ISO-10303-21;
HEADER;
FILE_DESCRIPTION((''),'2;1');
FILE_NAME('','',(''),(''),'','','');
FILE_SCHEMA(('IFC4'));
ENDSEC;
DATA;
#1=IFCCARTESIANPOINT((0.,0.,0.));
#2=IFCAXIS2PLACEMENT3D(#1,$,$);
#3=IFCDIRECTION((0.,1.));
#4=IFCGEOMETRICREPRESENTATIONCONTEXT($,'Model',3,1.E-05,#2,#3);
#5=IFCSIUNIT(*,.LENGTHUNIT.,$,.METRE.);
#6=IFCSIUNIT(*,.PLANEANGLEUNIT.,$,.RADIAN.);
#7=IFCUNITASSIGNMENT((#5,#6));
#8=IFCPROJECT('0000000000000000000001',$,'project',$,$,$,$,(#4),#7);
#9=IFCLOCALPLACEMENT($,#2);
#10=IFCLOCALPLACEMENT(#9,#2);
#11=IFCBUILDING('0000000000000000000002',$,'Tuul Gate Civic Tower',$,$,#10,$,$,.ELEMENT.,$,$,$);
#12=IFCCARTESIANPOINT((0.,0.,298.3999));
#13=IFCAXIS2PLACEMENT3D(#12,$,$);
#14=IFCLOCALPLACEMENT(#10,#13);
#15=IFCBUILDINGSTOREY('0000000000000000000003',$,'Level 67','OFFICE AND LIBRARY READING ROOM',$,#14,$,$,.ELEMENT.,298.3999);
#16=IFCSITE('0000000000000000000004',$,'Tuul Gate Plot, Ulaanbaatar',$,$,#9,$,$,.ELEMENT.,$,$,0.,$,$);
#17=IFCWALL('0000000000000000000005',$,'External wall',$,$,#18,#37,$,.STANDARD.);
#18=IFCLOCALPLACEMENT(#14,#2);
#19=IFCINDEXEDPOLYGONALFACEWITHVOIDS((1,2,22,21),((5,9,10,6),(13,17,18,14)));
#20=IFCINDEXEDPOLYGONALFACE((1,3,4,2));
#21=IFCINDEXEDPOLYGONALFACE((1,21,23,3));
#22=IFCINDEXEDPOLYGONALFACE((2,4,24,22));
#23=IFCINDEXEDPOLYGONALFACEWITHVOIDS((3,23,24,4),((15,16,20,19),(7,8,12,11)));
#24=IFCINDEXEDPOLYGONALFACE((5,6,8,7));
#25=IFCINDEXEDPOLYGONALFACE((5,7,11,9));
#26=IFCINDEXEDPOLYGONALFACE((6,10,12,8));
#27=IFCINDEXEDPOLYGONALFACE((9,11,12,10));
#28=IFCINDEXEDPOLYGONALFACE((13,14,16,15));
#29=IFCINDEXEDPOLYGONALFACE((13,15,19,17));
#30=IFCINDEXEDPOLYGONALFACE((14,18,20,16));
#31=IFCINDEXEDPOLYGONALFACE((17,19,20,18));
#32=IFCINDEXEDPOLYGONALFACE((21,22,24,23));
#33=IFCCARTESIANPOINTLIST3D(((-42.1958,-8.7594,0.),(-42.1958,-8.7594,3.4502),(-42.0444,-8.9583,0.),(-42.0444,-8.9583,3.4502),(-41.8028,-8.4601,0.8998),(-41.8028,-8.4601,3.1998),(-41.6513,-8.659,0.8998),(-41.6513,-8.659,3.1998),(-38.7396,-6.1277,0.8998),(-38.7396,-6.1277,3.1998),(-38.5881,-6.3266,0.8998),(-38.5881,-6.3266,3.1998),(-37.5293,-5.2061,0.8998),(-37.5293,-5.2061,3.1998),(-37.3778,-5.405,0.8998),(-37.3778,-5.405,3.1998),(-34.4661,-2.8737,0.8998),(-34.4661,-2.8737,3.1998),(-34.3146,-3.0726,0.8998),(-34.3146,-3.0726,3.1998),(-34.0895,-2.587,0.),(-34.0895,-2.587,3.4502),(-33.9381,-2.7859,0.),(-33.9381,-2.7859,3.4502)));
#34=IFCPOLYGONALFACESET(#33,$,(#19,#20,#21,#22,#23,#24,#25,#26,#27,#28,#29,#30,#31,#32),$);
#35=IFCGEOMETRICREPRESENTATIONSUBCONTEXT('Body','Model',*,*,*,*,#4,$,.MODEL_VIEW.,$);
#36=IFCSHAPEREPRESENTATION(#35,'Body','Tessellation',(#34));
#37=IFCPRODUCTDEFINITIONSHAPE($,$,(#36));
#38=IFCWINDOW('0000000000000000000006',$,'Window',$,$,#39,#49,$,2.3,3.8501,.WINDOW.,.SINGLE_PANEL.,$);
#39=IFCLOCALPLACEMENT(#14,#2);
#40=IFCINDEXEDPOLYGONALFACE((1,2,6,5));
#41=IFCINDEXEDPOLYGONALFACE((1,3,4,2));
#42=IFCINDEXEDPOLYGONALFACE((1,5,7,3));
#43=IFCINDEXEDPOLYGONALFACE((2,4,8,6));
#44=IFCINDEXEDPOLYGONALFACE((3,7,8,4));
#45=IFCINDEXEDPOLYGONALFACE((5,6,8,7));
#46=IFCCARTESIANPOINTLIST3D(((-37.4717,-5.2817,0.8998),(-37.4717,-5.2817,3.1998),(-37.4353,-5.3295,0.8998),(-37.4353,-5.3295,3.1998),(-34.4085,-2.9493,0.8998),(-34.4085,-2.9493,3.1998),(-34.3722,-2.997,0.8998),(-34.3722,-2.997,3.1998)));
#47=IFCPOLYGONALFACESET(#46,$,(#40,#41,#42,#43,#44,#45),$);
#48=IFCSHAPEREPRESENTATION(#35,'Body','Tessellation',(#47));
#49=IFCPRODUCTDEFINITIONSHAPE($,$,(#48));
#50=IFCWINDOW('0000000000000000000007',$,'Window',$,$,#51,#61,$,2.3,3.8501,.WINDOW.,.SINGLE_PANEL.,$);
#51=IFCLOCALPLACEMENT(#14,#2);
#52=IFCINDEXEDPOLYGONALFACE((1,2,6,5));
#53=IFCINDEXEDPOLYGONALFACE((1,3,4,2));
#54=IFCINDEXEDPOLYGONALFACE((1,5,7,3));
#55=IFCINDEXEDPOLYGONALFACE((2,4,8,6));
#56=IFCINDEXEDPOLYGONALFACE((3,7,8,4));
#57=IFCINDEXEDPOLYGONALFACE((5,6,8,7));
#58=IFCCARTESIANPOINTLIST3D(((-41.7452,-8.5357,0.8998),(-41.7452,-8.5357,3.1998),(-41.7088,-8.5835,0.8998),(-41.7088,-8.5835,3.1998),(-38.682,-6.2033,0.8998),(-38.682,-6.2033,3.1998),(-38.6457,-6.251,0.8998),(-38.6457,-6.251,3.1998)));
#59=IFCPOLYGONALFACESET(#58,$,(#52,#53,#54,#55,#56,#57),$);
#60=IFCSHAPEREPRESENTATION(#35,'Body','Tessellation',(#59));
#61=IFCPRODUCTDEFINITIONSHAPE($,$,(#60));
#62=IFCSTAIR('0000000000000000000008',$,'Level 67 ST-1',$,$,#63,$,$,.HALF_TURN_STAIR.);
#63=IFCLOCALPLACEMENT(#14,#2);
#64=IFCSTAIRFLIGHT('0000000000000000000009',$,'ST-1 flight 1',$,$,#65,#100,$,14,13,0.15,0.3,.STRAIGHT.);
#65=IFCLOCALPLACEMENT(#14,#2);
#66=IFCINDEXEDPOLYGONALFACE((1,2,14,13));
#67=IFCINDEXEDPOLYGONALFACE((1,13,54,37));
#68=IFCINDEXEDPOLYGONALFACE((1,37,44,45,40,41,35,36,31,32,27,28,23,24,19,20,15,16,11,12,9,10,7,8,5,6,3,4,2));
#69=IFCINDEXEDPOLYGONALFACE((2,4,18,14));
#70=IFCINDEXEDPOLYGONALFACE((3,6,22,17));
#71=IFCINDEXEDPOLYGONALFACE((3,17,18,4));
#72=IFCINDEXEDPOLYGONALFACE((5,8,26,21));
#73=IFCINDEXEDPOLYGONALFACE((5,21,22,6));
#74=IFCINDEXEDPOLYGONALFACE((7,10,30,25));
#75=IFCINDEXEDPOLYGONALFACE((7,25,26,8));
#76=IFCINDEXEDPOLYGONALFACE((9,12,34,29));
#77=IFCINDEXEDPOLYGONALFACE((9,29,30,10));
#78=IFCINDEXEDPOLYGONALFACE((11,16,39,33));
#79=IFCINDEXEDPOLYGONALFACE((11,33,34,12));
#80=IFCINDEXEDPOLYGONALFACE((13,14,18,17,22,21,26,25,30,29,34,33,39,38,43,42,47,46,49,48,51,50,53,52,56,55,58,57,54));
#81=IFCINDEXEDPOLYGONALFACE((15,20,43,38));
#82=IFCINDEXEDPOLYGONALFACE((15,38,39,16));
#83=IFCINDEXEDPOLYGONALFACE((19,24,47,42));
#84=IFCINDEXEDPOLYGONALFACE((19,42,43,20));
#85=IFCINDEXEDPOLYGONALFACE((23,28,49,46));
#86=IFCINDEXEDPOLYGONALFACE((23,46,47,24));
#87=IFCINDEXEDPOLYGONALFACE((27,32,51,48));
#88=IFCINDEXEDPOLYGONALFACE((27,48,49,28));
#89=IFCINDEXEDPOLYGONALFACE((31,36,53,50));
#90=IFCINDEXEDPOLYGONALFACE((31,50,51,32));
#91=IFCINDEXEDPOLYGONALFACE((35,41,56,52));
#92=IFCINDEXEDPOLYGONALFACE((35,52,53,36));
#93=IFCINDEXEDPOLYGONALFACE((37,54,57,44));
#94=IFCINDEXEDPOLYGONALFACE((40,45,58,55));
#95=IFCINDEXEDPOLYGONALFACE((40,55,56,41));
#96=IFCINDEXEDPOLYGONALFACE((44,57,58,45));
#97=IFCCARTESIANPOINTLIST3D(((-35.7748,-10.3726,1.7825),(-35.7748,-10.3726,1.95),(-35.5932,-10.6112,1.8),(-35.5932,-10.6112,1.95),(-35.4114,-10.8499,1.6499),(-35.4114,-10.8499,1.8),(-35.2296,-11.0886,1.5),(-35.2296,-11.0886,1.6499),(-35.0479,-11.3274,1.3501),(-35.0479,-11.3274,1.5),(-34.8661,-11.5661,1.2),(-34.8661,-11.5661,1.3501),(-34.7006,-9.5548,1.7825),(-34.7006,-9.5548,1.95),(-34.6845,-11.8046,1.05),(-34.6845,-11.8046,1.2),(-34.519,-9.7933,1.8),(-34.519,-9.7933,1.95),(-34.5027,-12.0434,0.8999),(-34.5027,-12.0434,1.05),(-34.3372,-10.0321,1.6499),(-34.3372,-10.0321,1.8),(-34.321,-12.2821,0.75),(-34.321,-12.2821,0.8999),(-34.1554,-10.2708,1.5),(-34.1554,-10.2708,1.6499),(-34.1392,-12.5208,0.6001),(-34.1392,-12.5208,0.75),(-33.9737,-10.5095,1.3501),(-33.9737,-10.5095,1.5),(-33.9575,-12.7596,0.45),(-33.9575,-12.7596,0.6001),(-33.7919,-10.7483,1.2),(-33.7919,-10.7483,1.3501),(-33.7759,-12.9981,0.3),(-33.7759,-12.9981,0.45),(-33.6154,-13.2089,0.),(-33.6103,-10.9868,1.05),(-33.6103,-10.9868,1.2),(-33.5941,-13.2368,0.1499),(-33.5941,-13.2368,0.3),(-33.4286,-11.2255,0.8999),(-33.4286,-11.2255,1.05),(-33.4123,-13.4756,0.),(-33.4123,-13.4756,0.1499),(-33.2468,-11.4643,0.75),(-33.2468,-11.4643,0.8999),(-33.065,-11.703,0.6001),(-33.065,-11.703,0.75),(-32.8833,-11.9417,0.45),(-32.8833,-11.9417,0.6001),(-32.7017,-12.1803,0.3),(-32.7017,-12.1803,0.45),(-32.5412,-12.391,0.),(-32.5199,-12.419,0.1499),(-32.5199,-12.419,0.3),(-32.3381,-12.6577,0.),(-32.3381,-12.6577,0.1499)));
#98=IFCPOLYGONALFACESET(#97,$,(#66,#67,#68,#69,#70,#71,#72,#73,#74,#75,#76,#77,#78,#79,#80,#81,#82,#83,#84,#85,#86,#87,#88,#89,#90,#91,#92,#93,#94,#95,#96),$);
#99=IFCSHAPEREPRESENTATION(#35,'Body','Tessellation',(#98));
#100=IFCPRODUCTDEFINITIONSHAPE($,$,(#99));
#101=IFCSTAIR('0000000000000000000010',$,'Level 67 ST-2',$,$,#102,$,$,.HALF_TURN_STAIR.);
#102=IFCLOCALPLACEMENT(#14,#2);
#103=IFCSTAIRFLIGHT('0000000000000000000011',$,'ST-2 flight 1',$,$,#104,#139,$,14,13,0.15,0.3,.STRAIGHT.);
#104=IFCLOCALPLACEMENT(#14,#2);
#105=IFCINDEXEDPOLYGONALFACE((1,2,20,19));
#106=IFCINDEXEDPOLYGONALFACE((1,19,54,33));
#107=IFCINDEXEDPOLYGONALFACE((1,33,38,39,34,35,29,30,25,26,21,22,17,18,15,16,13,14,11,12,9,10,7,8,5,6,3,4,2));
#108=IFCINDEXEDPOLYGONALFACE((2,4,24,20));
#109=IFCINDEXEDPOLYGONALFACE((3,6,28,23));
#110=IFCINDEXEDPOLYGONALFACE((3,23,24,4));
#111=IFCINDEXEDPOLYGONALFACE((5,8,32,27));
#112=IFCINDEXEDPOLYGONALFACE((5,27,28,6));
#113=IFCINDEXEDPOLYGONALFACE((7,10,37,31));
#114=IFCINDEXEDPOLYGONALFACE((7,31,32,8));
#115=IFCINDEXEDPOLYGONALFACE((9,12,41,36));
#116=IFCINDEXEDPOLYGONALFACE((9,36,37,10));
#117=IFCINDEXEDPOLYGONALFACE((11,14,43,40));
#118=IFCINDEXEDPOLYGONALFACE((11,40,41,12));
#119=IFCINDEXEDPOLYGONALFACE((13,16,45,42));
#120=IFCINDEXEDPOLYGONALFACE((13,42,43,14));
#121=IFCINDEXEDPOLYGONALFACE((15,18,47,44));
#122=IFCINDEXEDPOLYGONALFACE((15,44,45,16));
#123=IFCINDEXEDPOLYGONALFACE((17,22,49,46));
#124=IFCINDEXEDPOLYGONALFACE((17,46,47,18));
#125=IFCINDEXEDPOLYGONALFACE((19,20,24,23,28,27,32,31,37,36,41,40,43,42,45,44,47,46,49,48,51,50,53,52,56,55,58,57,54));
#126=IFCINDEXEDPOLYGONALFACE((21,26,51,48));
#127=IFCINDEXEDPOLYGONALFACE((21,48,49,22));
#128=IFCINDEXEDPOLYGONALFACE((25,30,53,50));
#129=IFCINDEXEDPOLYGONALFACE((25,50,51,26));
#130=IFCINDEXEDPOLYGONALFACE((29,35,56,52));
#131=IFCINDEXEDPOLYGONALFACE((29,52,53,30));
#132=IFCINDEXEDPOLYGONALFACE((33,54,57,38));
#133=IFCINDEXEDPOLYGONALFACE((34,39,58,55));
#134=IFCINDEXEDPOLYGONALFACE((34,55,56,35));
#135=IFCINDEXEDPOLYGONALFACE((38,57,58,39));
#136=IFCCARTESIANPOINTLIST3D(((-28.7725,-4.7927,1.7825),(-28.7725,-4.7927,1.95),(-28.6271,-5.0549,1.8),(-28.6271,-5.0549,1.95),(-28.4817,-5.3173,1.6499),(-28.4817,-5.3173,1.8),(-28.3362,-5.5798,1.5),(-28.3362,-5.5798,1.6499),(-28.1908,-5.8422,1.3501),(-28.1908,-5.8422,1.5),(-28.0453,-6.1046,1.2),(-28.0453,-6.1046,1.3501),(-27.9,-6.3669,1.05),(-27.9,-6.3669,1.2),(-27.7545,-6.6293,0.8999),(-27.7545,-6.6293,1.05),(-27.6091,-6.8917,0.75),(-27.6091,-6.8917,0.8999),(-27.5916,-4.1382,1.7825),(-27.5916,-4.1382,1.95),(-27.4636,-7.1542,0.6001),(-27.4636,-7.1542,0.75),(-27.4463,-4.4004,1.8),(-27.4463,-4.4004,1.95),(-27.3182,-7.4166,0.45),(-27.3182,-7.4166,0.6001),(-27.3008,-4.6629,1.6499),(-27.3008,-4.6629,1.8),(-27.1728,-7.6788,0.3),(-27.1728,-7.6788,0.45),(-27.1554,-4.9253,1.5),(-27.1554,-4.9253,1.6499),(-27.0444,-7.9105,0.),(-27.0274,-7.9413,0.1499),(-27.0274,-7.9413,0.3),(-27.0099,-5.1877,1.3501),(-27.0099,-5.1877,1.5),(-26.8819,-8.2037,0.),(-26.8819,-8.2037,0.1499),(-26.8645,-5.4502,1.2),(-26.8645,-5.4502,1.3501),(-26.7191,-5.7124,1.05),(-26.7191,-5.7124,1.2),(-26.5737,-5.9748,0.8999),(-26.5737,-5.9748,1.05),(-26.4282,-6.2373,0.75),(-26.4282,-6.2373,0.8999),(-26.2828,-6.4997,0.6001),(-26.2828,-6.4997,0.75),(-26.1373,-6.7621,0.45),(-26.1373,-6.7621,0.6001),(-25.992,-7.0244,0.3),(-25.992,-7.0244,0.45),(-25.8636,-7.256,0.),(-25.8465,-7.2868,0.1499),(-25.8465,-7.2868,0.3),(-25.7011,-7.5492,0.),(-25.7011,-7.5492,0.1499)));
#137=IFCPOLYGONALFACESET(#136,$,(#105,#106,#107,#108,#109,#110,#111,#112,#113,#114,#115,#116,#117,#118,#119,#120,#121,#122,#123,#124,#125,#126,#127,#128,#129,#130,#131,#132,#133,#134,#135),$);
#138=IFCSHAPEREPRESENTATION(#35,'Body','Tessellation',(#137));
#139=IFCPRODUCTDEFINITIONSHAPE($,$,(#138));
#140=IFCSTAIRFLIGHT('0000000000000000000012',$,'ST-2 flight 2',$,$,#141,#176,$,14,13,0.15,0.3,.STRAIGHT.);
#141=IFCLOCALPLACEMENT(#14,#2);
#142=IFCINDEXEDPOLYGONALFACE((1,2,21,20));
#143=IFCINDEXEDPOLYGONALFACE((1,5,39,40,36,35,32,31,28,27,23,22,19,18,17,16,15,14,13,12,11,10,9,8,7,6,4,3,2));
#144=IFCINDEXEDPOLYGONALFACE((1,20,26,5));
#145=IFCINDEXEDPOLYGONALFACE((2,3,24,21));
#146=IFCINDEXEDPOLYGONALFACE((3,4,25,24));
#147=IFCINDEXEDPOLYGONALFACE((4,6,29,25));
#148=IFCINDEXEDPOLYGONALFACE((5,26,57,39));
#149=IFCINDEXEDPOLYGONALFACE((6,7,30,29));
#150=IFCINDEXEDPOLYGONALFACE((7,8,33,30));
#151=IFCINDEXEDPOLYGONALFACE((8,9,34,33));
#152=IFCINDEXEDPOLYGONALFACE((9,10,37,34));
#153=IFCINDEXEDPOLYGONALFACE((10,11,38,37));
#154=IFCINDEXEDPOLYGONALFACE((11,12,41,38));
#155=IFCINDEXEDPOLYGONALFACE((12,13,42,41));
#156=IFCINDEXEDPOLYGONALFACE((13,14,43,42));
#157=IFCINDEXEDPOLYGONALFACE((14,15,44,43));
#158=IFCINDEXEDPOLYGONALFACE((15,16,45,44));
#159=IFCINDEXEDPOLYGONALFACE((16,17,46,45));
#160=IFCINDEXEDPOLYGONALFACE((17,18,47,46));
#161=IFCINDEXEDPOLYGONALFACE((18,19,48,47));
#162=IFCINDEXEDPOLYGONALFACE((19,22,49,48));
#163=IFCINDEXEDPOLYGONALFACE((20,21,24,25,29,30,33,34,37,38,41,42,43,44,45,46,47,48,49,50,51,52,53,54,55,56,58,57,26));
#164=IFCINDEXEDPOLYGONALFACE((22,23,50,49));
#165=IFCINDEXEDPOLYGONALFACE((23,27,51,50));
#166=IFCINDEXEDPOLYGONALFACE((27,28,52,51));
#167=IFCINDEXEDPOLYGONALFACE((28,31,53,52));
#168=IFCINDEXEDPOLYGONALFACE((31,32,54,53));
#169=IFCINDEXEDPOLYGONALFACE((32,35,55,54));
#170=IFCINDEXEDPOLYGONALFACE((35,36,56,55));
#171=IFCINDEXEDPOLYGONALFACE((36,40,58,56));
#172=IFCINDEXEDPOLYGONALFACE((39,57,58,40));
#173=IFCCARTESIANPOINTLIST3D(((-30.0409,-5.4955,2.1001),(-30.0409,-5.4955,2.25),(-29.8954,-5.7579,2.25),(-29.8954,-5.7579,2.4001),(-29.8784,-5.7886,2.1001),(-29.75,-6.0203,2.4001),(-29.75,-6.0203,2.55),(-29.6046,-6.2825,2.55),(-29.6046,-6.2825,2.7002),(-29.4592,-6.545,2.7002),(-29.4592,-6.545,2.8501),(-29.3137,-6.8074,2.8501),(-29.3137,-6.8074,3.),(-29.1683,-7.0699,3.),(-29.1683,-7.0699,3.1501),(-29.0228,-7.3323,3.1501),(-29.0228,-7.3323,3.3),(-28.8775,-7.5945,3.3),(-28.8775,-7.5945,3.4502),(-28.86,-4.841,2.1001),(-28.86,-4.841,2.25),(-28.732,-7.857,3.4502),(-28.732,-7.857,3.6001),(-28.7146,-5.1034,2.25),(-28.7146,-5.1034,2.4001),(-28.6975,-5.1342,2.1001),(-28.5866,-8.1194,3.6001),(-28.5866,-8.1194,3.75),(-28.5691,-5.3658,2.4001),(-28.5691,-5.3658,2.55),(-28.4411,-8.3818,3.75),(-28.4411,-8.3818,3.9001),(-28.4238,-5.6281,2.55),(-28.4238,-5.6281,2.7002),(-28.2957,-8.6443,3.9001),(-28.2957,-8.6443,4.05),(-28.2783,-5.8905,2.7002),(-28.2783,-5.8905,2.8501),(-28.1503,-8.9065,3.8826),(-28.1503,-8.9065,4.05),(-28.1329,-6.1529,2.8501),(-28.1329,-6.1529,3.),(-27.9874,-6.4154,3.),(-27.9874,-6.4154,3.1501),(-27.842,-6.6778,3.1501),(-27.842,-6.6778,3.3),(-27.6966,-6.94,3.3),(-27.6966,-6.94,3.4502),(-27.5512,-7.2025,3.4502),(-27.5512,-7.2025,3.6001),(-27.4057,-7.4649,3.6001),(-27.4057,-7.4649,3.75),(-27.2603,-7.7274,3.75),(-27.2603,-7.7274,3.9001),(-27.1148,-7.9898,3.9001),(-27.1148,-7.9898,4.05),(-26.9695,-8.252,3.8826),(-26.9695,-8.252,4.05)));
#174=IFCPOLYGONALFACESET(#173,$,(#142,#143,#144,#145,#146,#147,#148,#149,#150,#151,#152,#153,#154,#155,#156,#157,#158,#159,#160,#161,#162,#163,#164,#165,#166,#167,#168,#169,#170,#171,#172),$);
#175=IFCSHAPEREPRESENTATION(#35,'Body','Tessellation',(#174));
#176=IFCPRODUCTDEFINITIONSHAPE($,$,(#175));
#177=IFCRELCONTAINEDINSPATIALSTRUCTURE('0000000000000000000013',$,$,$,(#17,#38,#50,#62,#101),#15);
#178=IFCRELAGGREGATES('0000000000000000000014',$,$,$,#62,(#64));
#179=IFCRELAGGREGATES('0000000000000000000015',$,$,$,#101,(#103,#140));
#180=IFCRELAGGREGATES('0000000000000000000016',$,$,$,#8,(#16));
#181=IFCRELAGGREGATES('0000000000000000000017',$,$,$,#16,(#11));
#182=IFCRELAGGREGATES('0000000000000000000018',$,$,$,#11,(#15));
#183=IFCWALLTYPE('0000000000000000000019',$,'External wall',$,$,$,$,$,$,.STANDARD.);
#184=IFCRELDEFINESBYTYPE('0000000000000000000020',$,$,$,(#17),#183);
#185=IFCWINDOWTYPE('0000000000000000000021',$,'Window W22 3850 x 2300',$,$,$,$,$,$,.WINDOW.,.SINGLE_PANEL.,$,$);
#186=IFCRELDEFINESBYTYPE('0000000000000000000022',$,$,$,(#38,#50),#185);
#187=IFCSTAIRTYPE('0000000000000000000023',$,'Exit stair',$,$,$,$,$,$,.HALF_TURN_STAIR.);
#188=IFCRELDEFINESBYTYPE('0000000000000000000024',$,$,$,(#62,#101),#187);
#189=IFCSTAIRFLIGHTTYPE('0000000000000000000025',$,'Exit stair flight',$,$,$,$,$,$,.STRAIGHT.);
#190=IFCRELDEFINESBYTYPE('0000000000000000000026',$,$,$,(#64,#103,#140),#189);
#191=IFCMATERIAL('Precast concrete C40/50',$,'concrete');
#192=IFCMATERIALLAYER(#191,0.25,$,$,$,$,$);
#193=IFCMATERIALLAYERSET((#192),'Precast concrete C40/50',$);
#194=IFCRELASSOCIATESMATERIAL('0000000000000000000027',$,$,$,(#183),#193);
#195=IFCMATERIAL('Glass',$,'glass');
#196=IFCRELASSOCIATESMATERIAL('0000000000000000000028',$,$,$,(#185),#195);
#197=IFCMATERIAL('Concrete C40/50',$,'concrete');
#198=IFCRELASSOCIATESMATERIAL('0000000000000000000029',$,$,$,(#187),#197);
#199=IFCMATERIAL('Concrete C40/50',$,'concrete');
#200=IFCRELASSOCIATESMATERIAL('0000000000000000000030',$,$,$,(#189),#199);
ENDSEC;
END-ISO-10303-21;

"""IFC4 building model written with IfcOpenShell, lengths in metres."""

from ifc_helpers import new_model, si_unit, direction, frame, frame_2d, origin, place, context, subcontext, project, spatial, polyline, rectangle, outline, extrude, material, layer, layer_set, type_object, element, fill, aggregate, save


model = new_model("IFC4")

# Units and contexts
model_context = context("Model", 3, precision=1e-05, world=origin(), true_north=direction((0.0, 1.0)))
body_context = subcontext(model_context, "Body", "Model", "MODEL_VIEW")
ifc_project = project(units=[si_unit("LENGTHUNIT", "METRE"), si_unit("PLANEANGLEUNIT", "RADIAN")], contexts=[model_context])

# Site, building, storey
site_placement = place(None, origin())
site = spatial("IfcSite", under=ifc_project, at=site_placement, Name="Tuul Gate Plot, Ulaanbaatar", CompositionType="ELEMENT", RefElevation=0.0)
building_placement = place(site_placement, origin())
building = spatial("IfcBuilding", under=site, at=building_placement, Name="Tuul Gate Civic Tower", CompositionType="ELEMENT")
storey_placement = place(building_placement, frame((0.0, 0.0, 298.3999)))
storey = spatial("IfcBuildingStorey", under=building, at=storey_placement, Name="Level 67", Description="OFFICE AND LIBRARY READING ROOM", CompositionType="ELEMENT", Elevation=298.3999)

# Wall, openings, windows
ifc_material_1 = material(Name="Precast concrete C40/50", Category="concrete")
ifc_layer_1 = layer(ifc_material_1, 0.25)
ifc_layer_set_1 = layer_set([ifc_layer_1], Name="Precast concrete C40/50")
wall_type_1 = type_object("IfcWallType", Name="External wall", PredefinedType="STANDARD", material=ifc_layer_set_1)
wall_1_placement = place(storey_placement, frame((-34.0139, -2.6865, 0.0), z_axis=(0.0, 0.0, 1.0), x_axis=(-0.795611, -0.605808, 0.0)))
wall_1 = element("IfcWall", 1, at=wall_1_placement, inside=storey, type_object=wall_type_1, Name="External wall", PredefinedType="STANDARD", context=body_context, shape_type="SweptSolid", body=[
    extrude(rectangle(XDim=10.1887, YDim=0.25, at=frame_2d((5.0942, 0.0))), origin(), (0.0, 0.0, 1.0), 3.4502),
])
opening_1_placement = place(wall_1_placement, frame((0.4731, 0.0, 0.8999)))
opening_1 = element("IfcOpeningElement", 2, at=opening_1_placement, cuts=wall_1, PredefinedType="OPENING", context=body_context, shape_type="SweptSolid", body=[
    extrude(rectangle(XDim=3.8501, YDim=2.3, at=frame_2d((1.925, 1.1499))), frame((0.0, 0.135, 0.0), z_axis=(0.0, -1.0, 0.0), x_axis=(1.0, 0.0, 0.0)), (0.0, 0.0, 1.0), 0.27),
])
opening_2_placement = place(wall_1_placement, frame((5.8445, 0.0, 0.8999)))
opening_2 = element("IfcOpeningElement", 3, at=opening_2_placement, cuts=wall_1, PredefinedType="OPENING", context=body_context, shape_type="SweptSolid", body=[
    extrude(rectangle(XDim=3.8501, YDim=2.3, at=frame_2d((1.925, 1.1499))), frame((0.0, 0.135, 0.0), z_axis=(0.0, -1.0, 0.0), x_axis=(1.0, 0.0, 0.0)), (0.0, 0.0, 1.0), 0.27),
])
ifc_material_2 = material(Name="Glass", Category="glass")
window_type = type_object("IfcWindowType", Name="Window W22 3850 x 2300", PartitioningType="SINGLE_PANEL", PredefinedType="WINDOW", material=ifc_material_2)
window_1_placement = place(opening_1_placement, origin())
window_1 = element("IfcWindow", 4, at=window_1_placement, inside=storey, type_object=window_type, Name="Window", OverallHeight=2.3, OverallWidth=3.8501, PartitioningType="SINGLE_PANEL", PredefinedType="WINDOW", context=body_context, shape_type="SweptSolid", body=[
    extrude(rectangle(XDim=3.8501, YDim=2.3, at=frame_2d((1.925, 1.1499))), frame((0.0, 0.03, 0.0), z_axis=(0.0, -1.0, 0.0), x_axis=(1.0, 0.0, 0.0)), (0.0, 0.0, 1.0), 0.0601),
])
fill(opening_1, window_1)
window_2_placement = place(opening_2_placement, origin())
window_2 = element("IfcWindow", 5, at=window_2_placement, inside=storey, type_object=window_type, Name="Window", OverallHeight=2.3, OverallWidth=3.8501, PartitioningType="SINGLE_PANEL", PredefinedType="WINDOW", context=body_context, shape_type="SweptSolid", body=[
    extrude(rectangle(XDim=3.8501, YDim=2.3, at=frame_2d((1.925, 1.1499))), frame((0.0, 0.03, 0.0), z_axis=(0.0, -1.0, 0.0), x_axis=(1.0, 0.0, 0.0)), (0.0, 0.0, 1.0), 0.0601),
])
fill(opening_2, window_2)

# Stair, stair flight
ifc_material_3 = material(Name="Concrete C40/50", Category="concrete")
stair_type = type_object("IfcStairType", Name="Exit stair", PredefinedType="HALF_TURN_STAIR", material=ifc_material_3)
stair_1_placement = place(storey_placement, origin())
stair_1 = element("IfcStair", 6, at=stair_1_placement, inside=storey, type_object=stair_type, Name="Level 67 ST-1", PredefinedType="HALF_TURN_STAIR")
ifc_material_4 = material(Name="Concrete C40/50", Category="concrete")
stair_flight_type = type_object("IfcStairFlightType", Name="Exit stair flight", PredefinedType="STRAIGHT", material=ifc_material_4)
stair_flight_1_placement = place(storey_placement, frame((-32.8752, -13.0667, 0.0), z_axis=(0.0, 0.0, 1.0), x_axis=(-0.605764, 0.795644, 0.0)))
stair_flight_1 = element("IfcStairFlight", 7, at=stair_flight_1_placement, type_object=stair_flight_type, Name="ST-1 flight 1", NumberOfRisers=14, NumberOfTreads=13, PredefinedType="STRAIGHT", RiserHeight=0.15, TreadLength=0.3, context=body_context, shape_type="SweptSolid", body=[
    extrude(outline(polyline([(0.0, 0.0), (0.0, 0.1499), (0.3, 0.1499), (0.3, 0.3), (0.6001, 0.3), (0.6001, 0.45), (0.8999, 0.45), (0.8999, 0.6001), (1.2, 0.6001), (1.2, 0.75), (1.5, 0.75), (1.5, 0.8999), (1.8, 0.8999), (1.8, 1.05), (2.1001, 1.05), (2.1001, 1.2), (2.3999, 1.2), (2.3999, 1.3501), (2.7, 1.3501), (2.7, 1.5), (3.0, 1.5), (3.0, 1.6499), (3.3, 1.6499), (3.3, 1.8), (3.6001, 1.8), (3.6001, 1.95), (3.8999, 1.95), (3.8999, 2.1001), (3.8999, 1.7825), (0.3352, 0.0), (0.0, 0.0)])), frame((0.0, 0.675, 0.0), z_axis=(0.0, -1.0, 0.0), x_axis=(1.0, 0.0, 0.0)), (0.0, 0.0, 1.0), 1.3501),
])
aggregate(stair_1, [stair_flight_1])

# Stair, stair flights
stair_2_placement = place(storey_placement, origin())
stair_2 = element("IfcStair", 8, at=stair_2_placement, inside=storey, type_object=stair_type, Name="Level 67 ST-2", PredefinedType="HALF_TURN_STAIR")
stair_flight_2_placement = place(storey_placement, frame((-26.2915, -7.8765, 0.0), z_axis=(0.0, 0.0, 1.0), x_axis=(-0.484762, 0.874646, 0.0)))
stair_flight_2 = element("IfcStairFlight", 9, at=stair_flight_2_placement, type_object=stair_flight_type, Name="ST-2 flight 1", NumberOfRisers=14, NumberOfTreads=13, PredefinedType="STRAIGHT", RiserHeight=0.15, TreadLength=0.3, context=body_context, shape_type="SweptSolid", body=[
    extrude(outline(polyline([(0.0, 0.0), (0.0, 0.1499), (0.3, 0.1499), (0.3, 0.3), (0.6001, 0.3), (0.6001, 0.45), (0.8999, 0.45), (0.8999, 0.6001), (1.2, 0.6001), (1.2, 0.75), (1.5, 0.75), (1.5, 0.8999), (1.8, 0.8999), (1.8, 1.05), (2.1001, 1.05), (2.1001, 1.2), (2.3999, 1.2), (2.3999, 1.3501), (2.7, 1.3501), (2.7, 1.5), (3.0, 1.5), (3.0, 1.6499), (3.3, 1.6499), (3.3, 1.8), (3.6001, 1.8), (3.6001, 1.95), (3.8999, 1.95), (3.8999, 2.1001), (3.8999, 1.7825), (0.3352, 0.0), (0.0, 0.0)])), frame((0.0, 0.675, 0.0), z_axis=(0.0, -1.0, 0.0), x_axis=(1.0, 0.0, 0.0)), (0.0, 0.0, 1.0), 1.3501),
])
stair_flight_3_placement = place(storey_placement, frame((-29.4504, -5.1682, 2.1001), z_axis=(0.0, 0.0, 1.0), x_axis=(0.484762, -0.874646, 0.0)))
stair_flight_3 = element("IfcStairFlight", 10, at=stair_flight_3_placement, type_object=stair_flight_type, Name="ST-2 flight 2", NumberOfRisers=14, NumberOfTreads=13, PredefinedType="STRAIGHT", RiserHeight=0.15, TreadLength=0.3, context=body_context, shape_type="SweptSolid", body=[
    extrude(outline(polyline([(0.0, 0.0), (0.0, 0.1499), (0.3, 0.1499), (0.3, 0.3), (0.6001, 0.3), (0.6001, 0.45), (0.8999, 0.45), (0.8999, 0.6001), (1.2, 0.6001), (1.2, 0.75), (1.5, 0.75), (1.5, 0.8999), (1.8, 0.8999), (1.8, 1.05), (2.1001, 1.05), (2.1001, 1.2), (2.3999, 1.2), (2.3999, 1.3501), (2.7, 1.3501), (2.7, 1.5), (3.0, 1.5), (3.0, 1.6499), (3.3, 1.6499), (3.3, 1.8), (3.6001, 1.8), (3.6001, 1.95), (3.8999, 1.95), (3.8999, 2.1001), (3.8999, 1.7825), (0.3352, 0.0), (0.0, 0.0)])), frame((0.0, 0.675, 0.0), z_axis=(0.0, -1.0, 0.0), x_axis=(1.0, 0.0, 0.0)), (0.0, 0.0, 1.0), 1.3501),
])
aggregate(stair_2, [stair_flight_2, stair_flight_3])

save(model, "model.ifc")
